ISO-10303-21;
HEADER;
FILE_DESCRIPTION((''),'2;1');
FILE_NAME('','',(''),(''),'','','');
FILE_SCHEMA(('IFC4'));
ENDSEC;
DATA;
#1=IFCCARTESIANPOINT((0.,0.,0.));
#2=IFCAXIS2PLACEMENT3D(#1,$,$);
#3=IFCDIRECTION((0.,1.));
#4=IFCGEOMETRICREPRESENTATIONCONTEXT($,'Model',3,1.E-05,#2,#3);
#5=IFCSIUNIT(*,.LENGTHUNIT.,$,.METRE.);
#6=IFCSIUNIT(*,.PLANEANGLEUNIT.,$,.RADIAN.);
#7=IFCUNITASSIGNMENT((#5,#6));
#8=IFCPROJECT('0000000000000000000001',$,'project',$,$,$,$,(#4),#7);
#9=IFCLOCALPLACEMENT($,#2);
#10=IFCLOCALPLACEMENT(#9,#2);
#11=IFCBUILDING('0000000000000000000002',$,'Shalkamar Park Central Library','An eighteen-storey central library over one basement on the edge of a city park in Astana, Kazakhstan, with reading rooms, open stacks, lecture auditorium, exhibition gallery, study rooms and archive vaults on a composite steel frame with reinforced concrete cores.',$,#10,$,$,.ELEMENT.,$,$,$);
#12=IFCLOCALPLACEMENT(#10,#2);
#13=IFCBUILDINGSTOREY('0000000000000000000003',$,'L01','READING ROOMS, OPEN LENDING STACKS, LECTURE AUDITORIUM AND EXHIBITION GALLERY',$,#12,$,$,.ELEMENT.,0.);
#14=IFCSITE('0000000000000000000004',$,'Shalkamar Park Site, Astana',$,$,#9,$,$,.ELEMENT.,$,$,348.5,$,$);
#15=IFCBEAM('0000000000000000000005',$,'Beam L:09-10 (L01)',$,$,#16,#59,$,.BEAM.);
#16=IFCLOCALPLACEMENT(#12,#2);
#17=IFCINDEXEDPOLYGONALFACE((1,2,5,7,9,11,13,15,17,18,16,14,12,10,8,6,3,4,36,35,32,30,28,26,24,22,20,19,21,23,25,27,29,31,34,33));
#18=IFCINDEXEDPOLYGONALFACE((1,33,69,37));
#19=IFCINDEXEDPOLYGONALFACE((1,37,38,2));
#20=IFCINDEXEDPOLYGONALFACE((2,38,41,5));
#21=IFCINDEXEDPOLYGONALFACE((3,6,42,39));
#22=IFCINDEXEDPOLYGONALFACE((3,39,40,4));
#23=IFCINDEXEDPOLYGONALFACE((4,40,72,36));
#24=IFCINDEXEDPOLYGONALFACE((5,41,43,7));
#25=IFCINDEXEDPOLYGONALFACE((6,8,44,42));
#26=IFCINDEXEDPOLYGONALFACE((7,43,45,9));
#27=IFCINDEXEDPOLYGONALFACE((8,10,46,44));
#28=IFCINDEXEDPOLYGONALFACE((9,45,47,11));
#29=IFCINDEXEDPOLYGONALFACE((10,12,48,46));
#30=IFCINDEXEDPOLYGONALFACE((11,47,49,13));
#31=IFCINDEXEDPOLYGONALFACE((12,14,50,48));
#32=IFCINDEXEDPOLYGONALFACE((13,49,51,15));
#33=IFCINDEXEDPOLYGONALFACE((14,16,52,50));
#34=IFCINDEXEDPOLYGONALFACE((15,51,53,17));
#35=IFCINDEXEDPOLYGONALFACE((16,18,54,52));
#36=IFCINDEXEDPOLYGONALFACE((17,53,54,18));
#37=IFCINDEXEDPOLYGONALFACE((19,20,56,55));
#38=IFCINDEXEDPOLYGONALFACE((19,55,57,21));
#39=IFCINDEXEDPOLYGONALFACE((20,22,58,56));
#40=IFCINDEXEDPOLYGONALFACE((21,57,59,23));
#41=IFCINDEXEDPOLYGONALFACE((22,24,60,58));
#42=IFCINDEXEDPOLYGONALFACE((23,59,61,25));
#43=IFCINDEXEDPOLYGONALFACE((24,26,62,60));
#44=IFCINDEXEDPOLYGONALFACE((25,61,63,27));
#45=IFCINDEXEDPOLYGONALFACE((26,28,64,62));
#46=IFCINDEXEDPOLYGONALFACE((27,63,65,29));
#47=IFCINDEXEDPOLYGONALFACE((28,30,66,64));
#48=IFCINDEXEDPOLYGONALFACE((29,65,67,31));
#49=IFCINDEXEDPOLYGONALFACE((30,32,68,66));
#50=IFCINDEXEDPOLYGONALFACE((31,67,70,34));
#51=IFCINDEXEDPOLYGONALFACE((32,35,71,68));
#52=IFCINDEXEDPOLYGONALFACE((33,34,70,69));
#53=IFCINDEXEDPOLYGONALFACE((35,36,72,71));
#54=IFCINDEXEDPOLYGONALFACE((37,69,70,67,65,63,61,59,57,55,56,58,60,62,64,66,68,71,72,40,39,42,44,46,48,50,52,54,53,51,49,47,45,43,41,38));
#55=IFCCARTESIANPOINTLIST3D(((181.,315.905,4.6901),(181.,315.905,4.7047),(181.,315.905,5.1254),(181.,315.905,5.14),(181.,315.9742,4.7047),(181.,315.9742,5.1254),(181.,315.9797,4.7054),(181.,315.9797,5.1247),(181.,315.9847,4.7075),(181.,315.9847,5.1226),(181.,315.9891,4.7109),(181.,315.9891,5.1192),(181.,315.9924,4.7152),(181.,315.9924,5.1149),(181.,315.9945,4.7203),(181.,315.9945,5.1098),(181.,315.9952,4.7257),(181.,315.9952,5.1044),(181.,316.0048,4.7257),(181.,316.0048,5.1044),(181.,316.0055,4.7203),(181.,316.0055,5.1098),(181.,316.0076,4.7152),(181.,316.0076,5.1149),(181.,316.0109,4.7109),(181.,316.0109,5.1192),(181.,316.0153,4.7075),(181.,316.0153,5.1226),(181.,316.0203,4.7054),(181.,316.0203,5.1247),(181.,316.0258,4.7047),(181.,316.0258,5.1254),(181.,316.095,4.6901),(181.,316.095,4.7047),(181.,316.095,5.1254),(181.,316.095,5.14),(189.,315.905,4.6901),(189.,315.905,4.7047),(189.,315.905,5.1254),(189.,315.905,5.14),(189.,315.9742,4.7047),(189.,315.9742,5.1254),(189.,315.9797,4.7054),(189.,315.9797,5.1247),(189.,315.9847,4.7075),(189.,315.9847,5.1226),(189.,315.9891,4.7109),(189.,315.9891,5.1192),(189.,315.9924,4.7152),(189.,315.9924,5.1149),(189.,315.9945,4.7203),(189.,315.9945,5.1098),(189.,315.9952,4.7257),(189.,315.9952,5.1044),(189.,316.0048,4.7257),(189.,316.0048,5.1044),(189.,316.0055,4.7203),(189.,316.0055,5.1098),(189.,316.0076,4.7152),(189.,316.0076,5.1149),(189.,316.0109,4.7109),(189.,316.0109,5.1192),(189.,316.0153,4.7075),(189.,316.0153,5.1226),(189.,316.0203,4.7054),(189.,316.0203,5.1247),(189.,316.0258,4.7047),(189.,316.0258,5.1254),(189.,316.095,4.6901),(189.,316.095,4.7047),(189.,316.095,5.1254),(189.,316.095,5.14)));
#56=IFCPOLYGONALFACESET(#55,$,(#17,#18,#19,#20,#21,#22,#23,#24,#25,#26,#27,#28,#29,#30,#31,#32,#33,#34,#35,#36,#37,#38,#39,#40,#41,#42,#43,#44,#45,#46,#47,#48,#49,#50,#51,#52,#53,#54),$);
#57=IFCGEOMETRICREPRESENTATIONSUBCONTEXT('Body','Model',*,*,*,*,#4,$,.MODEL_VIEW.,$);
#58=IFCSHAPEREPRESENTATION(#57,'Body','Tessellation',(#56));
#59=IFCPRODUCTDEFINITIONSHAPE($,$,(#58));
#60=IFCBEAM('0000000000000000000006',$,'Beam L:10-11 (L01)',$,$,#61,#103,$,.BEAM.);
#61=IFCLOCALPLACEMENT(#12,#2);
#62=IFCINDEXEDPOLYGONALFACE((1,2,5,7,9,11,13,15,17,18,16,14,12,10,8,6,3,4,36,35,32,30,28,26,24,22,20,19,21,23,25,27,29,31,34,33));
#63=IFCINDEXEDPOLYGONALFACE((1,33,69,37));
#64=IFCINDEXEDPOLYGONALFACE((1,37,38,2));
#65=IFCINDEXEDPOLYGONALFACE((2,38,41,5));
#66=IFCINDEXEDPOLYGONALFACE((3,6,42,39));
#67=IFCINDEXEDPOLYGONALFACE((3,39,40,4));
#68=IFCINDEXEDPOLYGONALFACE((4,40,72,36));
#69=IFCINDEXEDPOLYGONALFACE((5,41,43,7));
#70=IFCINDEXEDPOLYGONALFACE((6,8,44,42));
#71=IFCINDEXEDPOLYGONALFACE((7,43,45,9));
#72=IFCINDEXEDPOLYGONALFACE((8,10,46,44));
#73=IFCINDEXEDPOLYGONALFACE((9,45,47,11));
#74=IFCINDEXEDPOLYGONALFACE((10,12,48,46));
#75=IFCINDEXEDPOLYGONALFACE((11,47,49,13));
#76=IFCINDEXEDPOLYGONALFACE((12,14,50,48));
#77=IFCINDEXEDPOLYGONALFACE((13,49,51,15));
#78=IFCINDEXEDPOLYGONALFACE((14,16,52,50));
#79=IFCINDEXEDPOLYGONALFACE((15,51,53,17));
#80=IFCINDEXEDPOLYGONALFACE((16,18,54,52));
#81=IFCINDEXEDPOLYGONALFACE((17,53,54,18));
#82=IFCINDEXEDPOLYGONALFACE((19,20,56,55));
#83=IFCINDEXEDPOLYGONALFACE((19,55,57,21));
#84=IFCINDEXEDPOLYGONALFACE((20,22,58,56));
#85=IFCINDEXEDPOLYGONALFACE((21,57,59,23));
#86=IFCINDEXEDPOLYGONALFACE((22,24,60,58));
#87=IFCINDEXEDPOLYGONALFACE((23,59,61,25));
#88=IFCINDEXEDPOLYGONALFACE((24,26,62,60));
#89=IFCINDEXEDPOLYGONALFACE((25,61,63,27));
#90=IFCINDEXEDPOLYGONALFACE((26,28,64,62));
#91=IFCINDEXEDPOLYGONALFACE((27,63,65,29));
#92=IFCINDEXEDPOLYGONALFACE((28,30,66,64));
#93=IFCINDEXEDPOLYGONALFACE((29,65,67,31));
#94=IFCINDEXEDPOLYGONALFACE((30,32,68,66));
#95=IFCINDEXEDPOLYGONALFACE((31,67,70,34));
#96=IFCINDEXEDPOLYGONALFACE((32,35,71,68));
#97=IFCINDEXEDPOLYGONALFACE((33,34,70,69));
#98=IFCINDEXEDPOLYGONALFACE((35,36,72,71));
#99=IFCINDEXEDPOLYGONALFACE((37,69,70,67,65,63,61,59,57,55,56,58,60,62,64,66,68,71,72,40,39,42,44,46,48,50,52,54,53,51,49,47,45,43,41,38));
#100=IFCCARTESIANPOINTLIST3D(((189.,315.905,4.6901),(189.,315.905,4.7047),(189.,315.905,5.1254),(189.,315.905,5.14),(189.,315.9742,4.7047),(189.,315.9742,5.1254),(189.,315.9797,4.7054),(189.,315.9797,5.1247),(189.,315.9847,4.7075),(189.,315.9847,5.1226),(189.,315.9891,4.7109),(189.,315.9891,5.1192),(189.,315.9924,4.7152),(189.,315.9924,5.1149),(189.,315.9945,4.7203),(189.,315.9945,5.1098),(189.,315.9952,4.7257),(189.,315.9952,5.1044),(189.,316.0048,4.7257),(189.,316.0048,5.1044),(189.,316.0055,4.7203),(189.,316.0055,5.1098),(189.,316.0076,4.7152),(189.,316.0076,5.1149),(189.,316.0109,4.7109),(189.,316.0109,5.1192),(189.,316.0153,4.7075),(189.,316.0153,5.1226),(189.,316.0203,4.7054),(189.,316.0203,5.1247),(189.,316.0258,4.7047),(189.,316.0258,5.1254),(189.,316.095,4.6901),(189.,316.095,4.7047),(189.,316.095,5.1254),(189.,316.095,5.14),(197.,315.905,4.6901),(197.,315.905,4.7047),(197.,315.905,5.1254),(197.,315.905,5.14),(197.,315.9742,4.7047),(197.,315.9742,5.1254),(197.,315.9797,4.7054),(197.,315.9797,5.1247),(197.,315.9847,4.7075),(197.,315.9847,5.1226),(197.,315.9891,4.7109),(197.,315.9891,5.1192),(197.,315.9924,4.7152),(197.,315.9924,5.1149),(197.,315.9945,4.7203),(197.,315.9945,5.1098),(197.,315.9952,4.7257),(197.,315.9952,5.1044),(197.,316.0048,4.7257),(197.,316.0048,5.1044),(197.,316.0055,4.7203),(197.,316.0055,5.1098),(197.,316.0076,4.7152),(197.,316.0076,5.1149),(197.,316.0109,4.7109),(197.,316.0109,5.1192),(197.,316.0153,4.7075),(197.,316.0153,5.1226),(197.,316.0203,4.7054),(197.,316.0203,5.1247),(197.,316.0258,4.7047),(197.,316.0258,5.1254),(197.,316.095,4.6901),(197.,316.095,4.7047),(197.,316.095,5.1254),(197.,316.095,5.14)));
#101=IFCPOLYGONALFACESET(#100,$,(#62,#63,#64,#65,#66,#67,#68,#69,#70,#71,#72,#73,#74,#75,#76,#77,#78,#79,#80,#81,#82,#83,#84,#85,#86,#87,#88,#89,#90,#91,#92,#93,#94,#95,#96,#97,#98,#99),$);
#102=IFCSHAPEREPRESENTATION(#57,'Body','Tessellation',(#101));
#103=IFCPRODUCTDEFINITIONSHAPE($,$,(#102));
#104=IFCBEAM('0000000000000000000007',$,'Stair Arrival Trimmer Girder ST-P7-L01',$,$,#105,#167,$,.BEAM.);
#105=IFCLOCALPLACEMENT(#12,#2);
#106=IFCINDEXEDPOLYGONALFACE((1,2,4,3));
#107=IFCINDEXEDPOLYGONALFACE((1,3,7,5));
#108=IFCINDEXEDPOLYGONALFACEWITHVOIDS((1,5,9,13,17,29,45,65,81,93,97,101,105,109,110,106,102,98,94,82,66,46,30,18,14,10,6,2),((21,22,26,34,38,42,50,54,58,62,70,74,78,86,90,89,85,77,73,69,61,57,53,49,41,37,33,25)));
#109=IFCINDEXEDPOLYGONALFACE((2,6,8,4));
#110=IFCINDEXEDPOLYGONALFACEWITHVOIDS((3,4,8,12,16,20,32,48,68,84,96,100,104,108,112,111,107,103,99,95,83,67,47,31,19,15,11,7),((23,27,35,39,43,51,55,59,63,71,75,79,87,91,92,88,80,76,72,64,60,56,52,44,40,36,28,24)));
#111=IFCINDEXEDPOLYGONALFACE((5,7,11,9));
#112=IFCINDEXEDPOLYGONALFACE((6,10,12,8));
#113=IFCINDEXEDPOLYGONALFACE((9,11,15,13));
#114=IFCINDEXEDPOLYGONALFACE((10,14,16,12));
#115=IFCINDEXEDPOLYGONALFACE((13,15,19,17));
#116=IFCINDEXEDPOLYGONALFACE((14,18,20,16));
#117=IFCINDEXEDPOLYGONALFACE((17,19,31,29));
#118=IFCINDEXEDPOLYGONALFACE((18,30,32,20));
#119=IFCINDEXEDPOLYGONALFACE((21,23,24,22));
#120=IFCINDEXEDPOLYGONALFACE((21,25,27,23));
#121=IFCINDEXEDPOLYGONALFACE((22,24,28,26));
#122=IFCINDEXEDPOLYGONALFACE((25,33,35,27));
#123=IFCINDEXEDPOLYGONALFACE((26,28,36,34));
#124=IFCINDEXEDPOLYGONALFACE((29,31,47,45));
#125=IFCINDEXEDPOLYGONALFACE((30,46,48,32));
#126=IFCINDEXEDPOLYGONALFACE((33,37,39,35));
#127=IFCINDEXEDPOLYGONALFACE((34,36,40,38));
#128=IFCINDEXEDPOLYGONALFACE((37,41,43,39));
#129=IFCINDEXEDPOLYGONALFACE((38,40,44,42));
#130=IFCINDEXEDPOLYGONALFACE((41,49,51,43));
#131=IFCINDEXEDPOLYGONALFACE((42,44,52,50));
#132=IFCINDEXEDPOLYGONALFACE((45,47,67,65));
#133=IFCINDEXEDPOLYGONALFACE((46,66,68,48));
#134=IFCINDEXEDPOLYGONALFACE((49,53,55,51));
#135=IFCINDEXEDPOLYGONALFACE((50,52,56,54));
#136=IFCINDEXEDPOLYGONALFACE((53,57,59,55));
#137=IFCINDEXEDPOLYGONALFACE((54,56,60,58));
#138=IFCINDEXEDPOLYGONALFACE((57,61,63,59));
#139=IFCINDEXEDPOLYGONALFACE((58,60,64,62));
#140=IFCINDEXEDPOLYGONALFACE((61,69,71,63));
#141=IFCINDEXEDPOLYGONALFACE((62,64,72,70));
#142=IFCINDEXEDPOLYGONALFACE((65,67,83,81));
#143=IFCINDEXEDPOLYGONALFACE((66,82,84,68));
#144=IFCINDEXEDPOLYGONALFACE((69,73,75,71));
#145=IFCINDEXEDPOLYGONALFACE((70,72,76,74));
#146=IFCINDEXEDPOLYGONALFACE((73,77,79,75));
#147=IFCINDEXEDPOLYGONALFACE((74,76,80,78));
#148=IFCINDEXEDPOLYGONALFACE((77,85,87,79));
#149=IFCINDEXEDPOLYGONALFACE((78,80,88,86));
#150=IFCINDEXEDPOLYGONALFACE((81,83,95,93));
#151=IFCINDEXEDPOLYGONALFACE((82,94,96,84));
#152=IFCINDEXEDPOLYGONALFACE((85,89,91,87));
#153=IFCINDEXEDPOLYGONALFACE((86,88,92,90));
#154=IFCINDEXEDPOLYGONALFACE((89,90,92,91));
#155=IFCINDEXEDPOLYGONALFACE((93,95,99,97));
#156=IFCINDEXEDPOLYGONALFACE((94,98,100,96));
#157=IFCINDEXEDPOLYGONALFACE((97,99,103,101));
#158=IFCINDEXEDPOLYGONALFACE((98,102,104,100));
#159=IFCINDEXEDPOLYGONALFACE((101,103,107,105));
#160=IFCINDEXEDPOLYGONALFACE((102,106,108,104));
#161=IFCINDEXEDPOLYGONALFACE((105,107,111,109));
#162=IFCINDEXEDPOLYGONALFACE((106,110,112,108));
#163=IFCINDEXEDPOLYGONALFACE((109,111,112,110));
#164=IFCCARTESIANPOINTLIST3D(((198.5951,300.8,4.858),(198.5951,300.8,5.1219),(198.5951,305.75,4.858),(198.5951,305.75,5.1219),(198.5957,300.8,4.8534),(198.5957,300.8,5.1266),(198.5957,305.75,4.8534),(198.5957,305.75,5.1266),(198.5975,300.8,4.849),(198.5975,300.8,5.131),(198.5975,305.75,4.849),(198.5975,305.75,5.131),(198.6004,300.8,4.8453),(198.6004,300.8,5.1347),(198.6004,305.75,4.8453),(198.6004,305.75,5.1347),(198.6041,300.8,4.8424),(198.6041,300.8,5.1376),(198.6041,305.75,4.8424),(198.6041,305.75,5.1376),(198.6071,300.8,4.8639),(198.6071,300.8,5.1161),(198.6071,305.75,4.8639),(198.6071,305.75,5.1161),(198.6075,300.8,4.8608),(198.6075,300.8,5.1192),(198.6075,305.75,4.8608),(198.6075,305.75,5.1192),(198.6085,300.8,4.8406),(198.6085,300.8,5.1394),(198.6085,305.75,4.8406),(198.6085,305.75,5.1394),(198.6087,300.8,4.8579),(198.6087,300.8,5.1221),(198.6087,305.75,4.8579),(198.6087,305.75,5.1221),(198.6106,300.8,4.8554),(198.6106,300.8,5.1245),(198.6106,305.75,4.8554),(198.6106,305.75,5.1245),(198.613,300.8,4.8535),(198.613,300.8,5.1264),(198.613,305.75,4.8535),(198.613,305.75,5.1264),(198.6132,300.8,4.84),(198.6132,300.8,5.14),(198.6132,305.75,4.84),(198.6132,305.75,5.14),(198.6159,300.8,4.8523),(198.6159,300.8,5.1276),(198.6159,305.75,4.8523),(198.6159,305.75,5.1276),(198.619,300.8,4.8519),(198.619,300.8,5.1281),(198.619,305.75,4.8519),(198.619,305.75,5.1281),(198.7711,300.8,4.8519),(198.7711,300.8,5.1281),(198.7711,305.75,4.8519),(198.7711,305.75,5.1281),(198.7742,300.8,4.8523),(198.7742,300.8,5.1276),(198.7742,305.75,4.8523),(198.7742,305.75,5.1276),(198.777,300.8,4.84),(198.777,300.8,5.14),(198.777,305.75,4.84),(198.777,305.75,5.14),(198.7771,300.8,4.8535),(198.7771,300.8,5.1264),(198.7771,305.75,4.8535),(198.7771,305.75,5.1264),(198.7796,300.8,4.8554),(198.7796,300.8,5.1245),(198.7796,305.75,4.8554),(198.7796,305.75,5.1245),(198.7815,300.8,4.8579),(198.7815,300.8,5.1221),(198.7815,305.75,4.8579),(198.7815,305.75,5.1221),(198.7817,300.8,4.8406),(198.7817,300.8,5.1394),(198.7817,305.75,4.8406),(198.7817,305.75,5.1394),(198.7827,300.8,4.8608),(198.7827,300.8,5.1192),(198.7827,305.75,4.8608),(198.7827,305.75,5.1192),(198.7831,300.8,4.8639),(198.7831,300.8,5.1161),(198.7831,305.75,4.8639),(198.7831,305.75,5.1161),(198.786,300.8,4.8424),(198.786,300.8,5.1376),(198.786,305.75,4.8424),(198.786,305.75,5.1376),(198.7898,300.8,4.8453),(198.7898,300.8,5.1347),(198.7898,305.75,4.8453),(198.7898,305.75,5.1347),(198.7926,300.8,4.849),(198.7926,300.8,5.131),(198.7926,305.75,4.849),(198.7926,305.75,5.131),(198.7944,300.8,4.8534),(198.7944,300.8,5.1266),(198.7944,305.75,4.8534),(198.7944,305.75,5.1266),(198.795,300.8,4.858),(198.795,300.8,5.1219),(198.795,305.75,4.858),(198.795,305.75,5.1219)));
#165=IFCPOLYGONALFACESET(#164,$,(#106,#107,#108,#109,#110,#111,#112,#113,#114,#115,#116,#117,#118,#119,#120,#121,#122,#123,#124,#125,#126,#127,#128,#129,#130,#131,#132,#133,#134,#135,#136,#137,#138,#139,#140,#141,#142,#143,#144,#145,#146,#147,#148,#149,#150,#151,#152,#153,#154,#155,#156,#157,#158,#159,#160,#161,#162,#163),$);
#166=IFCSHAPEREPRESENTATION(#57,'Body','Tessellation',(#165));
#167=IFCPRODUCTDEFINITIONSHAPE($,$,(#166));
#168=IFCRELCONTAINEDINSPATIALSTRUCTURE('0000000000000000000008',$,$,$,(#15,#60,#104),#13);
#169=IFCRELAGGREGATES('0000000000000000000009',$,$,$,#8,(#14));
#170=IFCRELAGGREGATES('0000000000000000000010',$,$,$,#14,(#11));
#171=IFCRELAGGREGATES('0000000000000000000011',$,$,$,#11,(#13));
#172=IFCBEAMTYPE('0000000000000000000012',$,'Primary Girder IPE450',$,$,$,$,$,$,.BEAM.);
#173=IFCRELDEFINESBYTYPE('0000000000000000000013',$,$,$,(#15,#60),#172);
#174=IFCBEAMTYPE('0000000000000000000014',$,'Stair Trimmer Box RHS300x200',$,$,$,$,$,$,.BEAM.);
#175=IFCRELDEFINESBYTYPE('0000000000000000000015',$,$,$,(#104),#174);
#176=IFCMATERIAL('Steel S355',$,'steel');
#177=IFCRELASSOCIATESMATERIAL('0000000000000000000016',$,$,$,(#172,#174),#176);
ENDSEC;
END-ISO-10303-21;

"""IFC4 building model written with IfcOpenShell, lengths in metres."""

from ifc_helpers import new_model, si_unit, direction, frame, origin, origin_2d, place, context, subcontext, project, spatial, hollow_rectangle, i_section, extrude, material, material_profile, profile_set, type_object, element, save


model = new_model("IFC4")

# Units and contexts
model_context = context("Model", 3, precision=1e-05, world=origin(), true_north=direction((0.0, 1.0)))
body_context = subcontext(model_context, "Body", "Model", "MODEL_VIEW")
ifc_project = project(units=[si_unit("LENGTHUNIT", "METRE"), si_unit("PLANEANGLEUNIT", "RADIAN")], contexts=[model_context])

# Site, building, storey
site_placement = place(None, origin())
site = spatial("IfcSite", under=ifc_project, at=site_placement, Name="Shalkamar Park Site, Astana", CompositionType="ELEMENT", RefElevation=348.5)
building_placement = place(site_placement, origin())
building = spatial("IfcBuilding", under=site, at=building_placement, Name="Shalkamar Park Central Library", Description="An eighteen-storey central library over one basement on the edge of a city park in Astana, Kazakhstan, with reading rooms, open stacks, lecture auditorium, exhibition gallery, study rooms and archive vaults on a composite steel frame with reinforced concrete cores.", CompositionType="ELEMENT")
storey_placement = place(building_placement, origin())
storey = spatial("IfcBuildingStorey", under=building, at=storey_placement, Name="L01", Description="READING ROOMS, OPEN LENDING STACKS, LECTURE AUDITORIUM AND EXHIBITION GALLERY", CompositionType="ELEMENT", Elevation=0.0)

# Shared definitions
ifc_material_1 = material(Name="Steel S355", Category="steel")

# Beams
ifc_material_profile_1 = material_profile(ifc_material_1, i_section(OverallWidth=0.1899, OverallDepth=0.45, WebThickness=0.0095, FlangeThickness=0.0146, FilletRadius=0.021, at=origin_2d()), Name="IPE 450")
ifc_profile_set_1 = profile_set([ifc_material_profile_1], Name="Steel S355")
beam_type_1 = type_object("IfcBeamType", Name="Primary Girder IPE450", PredefinedType="BEAM", material=ifc_profile_set_1)
for number, where, z_axis, x_axis, name in (
    (1, (181.0, 316.0, 4.915), (1.0, 0.0, 0.0), (0.0, 1.0, 0.0), "Beam L:09-10 (L01)"),
    (2, (189.0, 316.0, 4.915), (1.0, 0.0, 0.0), (0.0, 1.0, 0.0), "Beam L:10-11 (L01)"),
):
    element("IfcBeam", number, at=place(storey_placement, frame(where, z_axis=z_axis, x_axis=x_axis)), inside=storey, type_object=beam_type_1, Name=name, PredefinedType="BEAM", context=body_context, shape_type="SweptSolid", body=[
        extrude(i_section(OverallWidth=0.1899, OverallDepth=0.45, WebThickness=0.0095, FlangeThickness=0.0146, FilletRadius=0.021, at=origin_2d()), origin(), (0.0, 0.0, 1.0), 8.0),
    ])
ifc_material_profile_2 = material_profile(ifc_material_1, hollow_rectangle(XDim=0.2, YDim=0.3, WallThickness=0.012, InnerFilletRadius=0.012, OuterFilletRadius=0.0181, at=origin_2d()), Name="RHS 300x200x12")
ifc_profile_set_2 = profile_set([ifc_material_profile_2], Name="Steel S355")
beam_type_2 = type_object("IfcBeamType", Name="Stair Trimmer Box RHS300x200", PredefinedType="BEAM", material=ifc_profile_set_2)
beam_1_placement = place(storey_placement, frame((198.6951, 300.8, 4.99), z_axis=(0.0, 1.0, 0.0), x_axis=(-1.0, 0.0, 0.0)))
element("IfcBeam", 3, at=beam_1_placement, inside=storey, type_object=beam_type_2, Name="Stair Arrival Trimmer Girder ST-P7-L01", PredefinedType="BEAM", context=body_context, shape_type="SweptSolid", body=[
    extrude(hollow_rectangle(XDim=0.2, YDim=0.3, WallThickness=0.012, InnerFilletRadius=0.012, OuterFilletRadius=0.0181, at=origin_2d()), origin(), (0.0, 0.0, 1.0), 4.95),
])

save(model, "model.ifc")
